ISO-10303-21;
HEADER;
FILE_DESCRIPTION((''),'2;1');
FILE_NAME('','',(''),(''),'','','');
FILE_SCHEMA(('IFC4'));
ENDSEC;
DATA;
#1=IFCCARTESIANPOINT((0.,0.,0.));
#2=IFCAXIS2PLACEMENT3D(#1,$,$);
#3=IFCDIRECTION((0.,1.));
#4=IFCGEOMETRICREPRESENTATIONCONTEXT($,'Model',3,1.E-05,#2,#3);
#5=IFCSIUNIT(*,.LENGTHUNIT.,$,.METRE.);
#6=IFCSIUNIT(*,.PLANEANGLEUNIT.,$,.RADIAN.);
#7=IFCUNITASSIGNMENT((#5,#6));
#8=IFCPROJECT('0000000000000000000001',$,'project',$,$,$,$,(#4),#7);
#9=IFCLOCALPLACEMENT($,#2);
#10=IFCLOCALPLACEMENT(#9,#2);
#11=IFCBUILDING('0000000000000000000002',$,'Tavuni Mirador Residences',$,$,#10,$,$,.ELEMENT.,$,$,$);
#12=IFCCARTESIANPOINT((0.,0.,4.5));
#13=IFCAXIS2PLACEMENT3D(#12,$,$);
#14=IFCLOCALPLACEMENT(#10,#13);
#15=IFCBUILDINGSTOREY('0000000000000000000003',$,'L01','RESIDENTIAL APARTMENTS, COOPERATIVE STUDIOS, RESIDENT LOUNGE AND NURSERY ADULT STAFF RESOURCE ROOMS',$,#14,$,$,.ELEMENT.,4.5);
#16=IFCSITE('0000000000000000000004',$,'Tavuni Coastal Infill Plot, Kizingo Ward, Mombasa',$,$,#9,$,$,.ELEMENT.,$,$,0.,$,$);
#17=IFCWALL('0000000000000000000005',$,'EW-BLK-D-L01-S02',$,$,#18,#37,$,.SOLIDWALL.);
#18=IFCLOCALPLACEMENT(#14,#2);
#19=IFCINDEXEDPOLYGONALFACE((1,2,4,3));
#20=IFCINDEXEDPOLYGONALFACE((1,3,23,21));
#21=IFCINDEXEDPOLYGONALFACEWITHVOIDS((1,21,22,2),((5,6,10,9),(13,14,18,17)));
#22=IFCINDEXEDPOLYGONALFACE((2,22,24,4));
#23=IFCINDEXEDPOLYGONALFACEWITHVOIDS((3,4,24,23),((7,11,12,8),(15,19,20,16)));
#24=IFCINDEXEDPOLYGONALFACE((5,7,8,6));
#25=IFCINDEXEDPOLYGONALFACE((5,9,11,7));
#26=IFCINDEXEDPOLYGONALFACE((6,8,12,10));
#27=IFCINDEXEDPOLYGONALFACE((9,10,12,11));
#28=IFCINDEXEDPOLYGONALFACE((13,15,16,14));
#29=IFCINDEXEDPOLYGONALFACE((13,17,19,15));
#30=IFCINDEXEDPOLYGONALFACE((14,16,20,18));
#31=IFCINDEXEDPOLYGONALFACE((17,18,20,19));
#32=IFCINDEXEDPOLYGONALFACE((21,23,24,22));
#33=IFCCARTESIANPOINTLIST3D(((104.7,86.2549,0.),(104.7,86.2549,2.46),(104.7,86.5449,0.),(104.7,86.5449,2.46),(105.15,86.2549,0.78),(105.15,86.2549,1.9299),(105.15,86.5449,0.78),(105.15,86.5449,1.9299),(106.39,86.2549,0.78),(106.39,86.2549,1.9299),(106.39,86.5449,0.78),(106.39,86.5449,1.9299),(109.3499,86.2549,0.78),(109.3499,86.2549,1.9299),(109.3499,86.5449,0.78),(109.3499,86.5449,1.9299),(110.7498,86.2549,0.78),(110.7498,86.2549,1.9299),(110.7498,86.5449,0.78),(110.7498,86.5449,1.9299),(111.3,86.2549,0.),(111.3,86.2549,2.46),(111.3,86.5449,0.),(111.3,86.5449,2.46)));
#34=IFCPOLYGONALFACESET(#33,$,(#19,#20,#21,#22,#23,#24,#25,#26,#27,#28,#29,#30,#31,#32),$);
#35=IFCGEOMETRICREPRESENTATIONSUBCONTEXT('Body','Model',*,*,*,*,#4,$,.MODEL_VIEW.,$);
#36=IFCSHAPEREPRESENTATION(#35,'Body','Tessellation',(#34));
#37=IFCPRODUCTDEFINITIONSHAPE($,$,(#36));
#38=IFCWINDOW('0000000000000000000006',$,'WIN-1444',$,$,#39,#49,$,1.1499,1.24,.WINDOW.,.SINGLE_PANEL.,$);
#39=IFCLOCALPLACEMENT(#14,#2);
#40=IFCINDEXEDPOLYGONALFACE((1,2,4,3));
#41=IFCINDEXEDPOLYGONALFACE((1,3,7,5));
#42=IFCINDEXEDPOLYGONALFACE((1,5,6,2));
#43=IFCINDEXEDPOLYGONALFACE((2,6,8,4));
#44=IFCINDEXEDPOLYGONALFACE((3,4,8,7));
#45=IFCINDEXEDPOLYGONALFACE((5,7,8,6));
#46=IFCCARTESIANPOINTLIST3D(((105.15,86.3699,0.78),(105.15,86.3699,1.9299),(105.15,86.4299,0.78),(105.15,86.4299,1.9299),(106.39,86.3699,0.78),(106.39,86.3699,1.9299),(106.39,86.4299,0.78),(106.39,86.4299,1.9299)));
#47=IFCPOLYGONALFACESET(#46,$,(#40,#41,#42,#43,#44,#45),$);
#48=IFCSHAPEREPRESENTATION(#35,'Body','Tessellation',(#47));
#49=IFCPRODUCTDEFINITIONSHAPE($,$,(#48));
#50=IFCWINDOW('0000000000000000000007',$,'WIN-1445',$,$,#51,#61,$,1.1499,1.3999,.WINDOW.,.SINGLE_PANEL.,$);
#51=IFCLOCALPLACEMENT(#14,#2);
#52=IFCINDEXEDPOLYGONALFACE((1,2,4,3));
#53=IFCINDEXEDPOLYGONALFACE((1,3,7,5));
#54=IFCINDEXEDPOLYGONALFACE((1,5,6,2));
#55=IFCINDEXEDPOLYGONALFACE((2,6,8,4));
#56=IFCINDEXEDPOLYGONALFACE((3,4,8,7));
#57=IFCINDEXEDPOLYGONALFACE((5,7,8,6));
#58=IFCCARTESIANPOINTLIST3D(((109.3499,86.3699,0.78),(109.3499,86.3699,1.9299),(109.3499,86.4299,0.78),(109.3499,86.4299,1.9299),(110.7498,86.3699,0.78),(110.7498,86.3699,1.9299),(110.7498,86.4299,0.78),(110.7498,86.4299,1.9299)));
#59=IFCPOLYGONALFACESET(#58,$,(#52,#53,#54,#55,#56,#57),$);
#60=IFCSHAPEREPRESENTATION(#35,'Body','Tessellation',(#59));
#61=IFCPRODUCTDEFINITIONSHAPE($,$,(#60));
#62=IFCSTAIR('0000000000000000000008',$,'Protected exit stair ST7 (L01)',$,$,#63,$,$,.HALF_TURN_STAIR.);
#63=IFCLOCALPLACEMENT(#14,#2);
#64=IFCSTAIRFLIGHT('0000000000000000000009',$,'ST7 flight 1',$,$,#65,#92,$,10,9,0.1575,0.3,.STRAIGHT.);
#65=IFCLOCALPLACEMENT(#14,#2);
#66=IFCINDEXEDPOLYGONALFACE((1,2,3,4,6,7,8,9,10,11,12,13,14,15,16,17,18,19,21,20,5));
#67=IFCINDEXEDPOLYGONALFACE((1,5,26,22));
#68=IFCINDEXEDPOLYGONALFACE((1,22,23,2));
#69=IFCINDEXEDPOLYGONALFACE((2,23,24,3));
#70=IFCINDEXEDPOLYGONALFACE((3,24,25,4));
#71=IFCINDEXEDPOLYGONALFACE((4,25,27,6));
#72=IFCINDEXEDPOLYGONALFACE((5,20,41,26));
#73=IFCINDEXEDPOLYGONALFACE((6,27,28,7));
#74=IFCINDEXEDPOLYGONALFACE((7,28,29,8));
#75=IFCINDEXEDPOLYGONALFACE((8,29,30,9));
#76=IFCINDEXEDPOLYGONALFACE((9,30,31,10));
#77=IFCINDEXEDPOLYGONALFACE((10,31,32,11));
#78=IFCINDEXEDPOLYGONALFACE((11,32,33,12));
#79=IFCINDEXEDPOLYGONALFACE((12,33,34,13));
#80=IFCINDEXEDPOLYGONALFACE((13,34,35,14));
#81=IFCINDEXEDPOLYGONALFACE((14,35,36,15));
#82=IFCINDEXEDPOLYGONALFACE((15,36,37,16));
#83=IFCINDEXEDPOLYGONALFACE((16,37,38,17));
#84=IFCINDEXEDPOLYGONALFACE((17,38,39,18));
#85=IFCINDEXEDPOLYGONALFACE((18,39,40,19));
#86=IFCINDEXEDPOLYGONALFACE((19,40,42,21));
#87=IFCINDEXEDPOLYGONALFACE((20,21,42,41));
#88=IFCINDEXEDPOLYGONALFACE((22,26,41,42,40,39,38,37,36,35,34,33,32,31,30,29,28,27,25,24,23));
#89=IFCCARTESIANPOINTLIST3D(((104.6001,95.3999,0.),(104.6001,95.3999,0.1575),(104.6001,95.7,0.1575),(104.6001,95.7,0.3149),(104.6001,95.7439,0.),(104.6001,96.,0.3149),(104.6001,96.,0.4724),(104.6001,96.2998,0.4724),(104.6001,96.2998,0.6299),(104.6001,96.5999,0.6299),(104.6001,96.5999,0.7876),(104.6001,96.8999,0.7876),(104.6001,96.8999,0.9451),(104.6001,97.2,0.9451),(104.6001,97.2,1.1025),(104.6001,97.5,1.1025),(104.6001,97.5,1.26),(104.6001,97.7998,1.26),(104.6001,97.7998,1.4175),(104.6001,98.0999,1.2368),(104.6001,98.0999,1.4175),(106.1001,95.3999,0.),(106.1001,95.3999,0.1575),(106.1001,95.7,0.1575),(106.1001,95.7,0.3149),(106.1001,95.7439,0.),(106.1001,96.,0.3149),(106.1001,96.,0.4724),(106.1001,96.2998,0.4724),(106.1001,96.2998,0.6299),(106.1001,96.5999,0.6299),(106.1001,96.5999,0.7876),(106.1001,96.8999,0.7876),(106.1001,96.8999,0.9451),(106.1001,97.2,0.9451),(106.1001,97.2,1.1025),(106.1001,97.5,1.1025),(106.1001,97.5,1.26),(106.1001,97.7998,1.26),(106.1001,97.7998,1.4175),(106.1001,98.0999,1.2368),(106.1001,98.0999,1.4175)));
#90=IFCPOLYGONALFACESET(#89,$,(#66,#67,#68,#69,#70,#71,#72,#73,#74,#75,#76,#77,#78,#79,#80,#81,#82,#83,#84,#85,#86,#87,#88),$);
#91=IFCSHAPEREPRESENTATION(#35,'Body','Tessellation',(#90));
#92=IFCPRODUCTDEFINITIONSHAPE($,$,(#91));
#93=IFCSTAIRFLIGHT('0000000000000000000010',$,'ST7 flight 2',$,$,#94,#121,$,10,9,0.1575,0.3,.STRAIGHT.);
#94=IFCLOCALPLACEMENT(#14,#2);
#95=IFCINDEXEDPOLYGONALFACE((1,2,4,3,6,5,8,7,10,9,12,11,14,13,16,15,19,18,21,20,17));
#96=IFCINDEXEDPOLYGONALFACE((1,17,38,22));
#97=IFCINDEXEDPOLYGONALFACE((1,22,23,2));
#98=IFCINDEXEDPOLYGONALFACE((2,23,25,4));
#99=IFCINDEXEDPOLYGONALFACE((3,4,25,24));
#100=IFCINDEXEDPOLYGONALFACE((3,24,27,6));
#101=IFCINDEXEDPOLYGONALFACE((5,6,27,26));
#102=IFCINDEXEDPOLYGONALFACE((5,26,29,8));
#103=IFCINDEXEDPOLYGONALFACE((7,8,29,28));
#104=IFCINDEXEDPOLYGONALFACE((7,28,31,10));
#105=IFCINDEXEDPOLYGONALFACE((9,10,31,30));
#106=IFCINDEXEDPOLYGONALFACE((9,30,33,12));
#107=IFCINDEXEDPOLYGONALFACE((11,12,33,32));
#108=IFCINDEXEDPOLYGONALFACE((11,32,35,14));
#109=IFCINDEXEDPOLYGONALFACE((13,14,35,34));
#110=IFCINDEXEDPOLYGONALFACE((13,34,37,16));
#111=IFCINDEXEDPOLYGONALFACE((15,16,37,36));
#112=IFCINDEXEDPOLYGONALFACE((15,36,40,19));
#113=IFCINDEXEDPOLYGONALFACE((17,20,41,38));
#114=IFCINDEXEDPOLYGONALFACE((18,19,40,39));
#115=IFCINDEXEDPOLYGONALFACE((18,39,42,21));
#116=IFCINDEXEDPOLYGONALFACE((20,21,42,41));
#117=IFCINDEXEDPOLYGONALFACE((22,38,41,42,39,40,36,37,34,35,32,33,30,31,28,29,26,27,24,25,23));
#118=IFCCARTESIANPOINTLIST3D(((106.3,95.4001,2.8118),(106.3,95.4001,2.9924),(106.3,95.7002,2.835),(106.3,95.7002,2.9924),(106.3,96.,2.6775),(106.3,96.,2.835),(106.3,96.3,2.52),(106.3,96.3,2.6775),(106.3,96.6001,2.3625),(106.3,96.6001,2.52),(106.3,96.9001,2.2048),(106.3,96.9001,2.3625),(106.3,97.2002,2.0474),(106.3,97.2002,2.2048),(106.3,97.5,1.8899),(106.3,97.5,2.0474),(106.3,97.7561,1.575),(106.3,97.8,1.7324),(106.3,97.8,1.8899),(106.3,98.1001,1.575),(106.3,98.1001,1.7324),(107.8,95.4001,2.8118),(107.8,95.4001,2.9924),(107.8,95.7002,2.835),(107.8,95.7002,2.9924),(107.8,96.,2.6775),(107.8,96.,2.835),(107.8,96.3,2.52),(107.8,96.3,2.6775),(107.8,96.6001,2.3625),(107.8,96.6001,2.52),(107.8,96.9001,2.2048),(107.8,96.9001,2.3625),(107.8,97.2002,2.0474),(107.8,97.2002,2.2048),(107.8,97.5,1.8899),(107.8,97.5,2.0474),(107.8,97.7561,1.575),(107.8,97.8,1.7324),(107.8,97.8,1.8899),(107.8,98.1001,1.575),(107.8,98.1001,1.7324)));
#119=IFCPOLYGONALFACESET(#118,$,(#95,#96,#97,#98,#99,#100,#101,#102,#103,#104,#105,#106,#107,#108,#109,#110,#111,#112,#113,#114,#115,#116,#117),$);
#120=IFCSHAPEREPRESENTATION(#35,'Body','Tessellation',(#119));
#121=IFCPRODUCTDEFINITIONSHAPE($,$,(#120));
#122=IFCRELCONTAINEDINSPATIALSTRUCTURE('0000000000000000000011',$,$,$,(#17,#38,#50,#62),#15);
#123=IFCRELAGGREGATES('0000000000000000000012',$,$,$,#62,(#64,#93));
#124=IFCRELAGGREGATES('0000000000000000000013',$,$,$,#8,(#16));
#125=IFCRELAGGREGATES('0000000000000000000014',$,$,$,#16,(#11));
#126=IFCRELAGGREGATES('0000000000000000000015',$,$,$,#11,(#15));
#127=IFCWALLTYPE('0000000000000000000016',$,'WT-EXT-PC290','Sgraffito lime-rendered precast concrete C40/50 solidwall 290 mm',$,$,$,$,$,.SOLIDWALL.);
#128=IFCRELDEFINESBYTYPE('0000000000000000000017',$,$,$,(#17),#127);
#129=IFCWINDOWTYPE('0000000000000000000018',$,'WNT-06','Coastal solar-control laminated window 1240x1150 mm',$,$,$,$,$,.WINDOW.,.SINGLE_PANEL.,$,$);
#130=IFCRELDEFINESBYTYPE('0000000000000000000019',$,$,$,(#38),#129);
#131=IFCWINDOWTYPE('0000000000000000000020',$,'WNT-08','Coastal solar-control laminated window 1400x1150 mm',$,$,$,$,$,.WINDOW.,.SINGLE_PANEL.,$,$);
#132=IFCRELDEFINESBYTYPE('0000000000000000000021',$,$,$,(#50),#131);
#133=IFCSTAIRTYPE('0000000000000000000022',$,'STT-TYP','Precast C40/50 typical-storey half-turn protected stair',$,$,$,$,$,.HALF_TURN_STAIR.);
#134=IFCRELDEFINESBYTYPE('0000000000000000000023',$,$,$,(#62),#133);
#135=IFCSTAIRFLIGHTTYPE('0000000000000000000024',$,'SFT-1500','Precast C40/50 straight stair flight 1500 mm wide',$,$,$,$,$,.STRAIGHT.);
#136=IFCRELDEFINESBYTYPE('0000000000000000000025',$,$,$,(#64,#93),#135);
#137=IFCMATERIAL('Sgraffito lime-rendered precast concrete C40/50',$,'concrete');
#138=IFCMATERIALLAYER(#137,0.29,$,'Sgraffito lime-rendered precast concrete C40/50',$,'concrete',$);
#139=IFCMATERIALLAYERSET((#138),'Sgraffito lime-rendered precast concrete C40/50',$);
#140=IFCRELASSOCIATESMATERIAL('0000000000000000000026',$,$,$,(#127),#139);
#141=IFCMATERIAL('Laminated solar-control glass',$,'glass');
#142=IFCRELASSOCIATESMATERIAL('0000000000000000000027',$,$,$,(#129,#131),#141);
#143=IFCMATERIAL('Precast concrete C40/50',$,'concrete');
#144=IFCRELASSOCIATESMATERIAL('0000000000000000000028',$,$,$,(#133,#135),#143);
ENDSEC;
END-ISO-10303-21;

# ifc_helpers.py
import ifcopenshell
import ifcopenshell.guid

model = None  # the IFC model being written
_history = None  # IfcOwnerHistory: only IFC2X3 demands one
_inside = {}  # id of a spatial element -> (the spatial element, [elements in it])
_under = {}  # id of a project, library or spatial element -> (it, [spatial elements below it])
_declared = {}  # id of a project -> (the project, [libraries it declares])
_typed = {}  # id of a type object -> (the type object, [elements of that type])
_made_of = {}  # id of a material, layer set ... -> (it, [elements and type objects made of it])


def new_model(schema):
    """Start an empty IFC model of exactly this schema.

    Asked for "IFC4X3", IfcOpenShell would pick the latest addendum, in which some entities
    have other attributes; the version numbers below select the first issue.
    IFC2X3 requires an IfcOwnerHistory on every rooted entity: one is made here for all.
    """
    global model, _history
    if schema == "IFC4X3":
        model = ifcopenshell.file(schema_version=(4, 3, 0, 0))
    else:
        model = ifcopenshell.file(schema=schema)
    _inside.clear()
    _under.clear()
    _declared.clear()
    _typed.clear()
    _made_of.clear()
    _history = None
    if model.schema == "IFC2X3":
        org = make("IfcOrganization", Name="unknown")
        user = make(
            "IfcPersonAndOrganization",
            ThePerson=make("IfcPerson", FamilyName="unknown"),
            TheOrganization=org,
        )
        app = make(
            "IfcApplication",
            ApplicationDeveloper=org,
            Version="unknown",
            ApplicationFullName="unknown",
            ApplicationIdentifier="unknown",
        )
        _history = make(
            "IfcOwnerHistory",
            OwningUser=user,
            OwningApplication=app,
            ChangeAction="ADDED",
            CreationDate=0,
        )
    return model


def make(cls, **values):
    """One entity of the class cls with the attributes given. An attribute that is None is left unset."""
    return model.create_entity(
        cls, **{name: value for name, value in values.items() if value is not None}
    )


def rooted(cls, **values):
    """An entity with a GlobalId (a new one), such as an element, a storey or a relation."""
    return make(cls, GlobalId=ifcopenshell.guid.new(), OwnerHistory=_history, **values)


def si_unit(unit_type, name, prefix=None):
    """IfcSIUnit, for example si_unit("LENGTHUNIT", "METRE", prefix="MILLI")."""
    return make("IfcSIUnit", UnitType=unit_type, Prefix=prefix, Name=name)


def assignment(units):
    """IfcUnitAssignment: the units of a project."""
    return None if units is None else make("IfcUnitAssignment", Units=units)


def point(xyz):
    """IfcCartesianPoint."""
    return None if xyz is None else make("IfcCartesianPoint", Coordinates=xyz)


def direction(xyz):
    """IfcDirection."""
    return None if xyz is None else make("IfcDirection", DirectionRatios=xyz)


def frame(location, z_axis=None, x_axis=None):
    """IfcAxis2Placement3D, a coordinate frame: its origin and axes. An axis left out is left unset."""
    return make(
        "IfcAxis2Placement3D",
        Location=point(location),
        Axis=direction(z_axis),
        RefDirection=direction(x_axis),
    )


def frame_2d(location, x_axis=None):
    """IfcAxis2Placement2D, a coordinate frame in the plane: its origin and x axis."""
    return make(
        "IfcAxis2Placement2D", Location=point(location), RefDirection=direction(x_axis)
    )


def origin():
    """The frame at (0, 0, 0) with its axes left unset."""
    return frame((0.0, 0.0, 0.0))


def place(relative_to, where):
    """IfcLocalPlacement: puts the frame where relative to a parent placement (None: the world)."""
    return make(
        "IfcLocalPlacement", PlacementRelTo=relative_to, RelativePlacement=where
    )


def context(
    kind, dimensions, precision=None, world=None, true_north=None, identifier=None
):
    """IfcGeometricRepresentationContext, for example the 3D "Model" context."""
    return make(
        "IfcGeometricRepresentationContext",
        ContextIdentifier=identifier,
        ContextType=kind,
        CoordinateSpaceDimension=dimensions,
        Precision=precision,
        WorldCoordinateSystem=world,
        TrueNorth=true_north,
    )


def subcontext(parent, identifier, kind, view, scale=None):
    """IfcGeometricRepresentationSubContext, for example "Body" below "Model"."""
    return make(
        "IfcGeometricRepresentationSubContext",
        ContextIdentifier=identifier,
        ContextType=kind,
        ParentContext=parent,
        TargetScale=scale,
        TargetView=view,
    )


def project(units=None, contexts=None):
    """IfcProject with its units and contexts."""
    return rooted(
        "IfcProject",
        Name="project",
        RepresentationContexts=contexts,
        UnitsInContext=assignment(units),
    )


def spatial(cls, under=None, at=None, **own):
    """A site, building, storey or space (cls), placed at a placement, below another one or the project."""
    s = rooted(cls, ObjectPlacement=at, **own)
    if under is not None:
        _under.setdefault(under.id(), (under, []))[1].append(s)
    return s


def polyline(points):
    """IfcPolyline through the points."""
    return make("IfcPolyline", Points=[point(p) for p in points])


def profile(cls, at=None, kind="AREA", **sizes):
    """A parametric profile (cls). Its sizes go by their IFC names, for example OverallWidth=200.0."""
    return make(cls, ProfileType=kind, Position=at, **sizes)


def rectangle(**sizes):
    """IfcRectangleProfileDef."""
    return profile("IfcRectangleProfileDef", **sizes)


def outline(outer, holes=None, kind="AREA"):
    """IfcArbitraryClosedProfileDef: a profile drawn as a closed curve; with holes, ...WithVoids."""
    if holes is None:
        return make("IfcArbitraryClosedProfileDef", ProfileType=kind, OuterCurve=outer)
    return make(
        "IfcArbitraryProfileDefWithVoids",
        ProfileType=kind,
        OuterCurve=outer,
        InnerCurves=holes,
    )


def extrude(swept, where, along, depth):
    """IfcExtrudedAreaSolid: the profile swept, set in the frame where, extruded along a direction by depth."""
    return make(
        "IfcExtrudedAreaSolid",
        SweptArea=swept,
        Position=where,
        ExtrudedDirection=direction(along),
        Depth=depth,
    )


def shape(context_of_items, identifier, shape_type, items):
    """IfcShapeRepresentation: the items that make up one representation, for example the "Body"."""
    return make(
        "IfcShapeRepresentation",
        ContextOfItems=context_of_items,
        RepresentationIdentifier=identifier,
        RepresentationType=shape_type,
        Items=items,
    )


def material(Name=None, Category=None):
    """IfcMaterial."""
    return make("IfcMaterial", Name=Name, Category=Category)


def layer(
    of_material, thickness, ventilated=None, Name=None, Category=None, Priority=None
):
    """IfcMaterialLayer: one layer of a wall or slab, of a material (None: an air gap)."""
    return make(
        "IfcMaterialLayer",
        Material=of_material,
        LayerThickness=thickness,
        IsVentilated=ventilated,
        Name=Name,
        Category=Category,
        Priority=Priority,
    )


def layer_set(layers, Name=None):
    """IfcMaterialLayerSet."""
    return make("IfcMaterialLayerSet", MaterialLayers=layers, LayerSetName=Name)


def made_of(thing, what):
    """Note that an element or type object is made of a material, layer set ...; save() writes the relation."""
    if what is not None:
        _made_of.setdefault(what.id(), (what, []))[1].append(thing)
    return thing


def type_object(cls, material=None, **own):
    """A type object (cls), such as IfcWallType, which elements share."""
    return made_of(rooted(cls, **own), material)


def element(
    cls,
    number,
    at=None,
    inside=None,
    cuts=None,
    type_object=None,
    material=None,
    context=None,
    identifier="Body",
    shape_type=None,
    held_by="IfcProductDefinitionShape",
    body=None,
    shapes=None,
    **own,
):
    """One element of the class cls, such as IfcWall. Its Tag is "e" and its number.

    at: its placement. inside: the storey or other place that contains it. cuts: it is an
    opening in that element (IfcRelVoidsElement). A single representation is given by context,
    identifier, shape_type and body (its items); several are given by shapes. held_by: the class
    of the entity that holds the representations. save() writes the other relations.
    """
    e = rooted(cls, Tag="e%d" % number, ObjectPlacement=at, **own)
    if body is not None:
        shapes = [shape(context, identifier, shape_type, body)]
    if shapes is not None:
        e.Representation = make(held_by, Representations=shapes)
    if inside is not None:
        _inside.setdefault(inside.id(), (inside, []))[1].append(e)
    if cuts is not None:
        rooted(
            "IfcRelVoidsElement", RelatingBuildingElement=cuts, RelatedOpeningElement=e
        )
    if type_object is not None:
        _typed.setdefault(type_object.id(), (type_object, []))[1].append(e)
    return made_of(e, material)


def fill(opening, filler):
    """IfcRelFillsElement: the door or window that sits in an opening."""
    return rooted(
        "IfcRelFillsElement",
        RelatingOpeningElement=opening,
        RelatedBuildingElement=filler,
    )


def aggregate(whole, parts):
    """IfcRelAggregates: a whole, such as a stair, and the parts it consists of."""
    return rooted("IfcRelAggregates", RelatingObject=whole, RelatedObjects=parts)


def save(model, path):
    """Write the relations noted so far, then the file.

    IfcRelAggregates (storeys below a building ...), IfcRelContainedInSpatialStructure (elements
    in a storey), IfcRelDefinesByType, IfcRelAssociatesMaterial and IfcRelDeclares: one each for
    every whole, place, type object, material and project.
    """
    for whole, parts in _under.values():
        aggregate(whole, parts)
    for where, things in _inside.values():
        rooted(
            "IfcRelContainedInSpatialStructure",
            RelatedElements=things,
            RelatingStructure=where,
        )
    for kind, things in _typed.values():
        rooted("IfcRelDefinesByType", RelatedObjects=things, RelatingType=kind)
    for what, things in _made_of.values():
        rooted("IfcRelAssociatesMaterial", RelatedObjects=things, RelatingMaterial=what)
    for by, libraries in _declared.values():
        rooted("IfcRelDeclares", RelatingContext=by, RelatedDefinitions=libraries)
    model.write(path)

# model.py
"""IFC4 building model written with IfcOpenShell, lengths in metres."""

from ifc_helpers import new_model, si_unit, direction, frame, frame_2d, origin, place, context, subcontext, project, spatial, polyline, rectangle, outline, extrude, material, layer, layer_set, type_object, element, fill, aggregate, save


model = new_model("IFC4")

# Units and contexts
model_context = context("Model", 3, precision=1e-05, world=origin(), true_north=direction((0.0, 1.0)))
body_context = subcontext(model_context, "Body", "Model", "MODEL_VIEW")
ifc_project = project(units=[si_unit("LENGTHUNIT", "METRE"), si_unit("PLANEANGLEUNIT", "RADIAN")], contexts=[model_context])

# Site, building, storey
site_placement = place(None, origin())
site = spatial("IfcSite", under=ifc_project, at=site_placement, Name="Tavuni Coastal Infill Plot, Kizingo Ward, Mombasa", CompositionType="ELEMENT", RefElevation=0.0)
building_placement = place(site_placement, origin())
building = spatial("IfcBuilding", under=site, at=building_placement, Name="Tavuni Mirador Residences", CompositionType="ELEMENT")
storey_placement = place(building_placement, frame((0.0, 0.0, 4.5)))
storey = spatial("IfcBuildingStorey", under=building, at=storey_placement, Name="L01", Description="RESIDENTIAL APARTMENTS, COOPERATIVE STUDIOS, RESIDENT LOUNGE AND NURSERY ADULT STAFF RESOURCE ROOMS", CompositionType="ELEMENT", Elevation=4.5)

# Shared definitions
ifc_material_1 = material(Name="Precast concrete C40/50", Category="concrete")

# Wall, openings, windows
ifc_material_2 = material(Name="Sgraffito lime-rendered precast concrete C40/50", Category="concrete")
ifc_layer_1 = layer(ifc_material_2, 0.29, Name="Sgraffito lime-rendered precast concrete C40/50", Category="concrete")
ifc_layer_set_1 = layer_set([ifc_layer_1], Name="Sgraffito lime-rendered precast concrete C40/50")
wall_type_1 = type_object("IfcWallType", Name="WT-EXT-PC290", Description="Sgraffito lime-rendered precast concrete C40/50 solidwall 290 mm", PredefinedType="SOLIDWALL", material=ifc_layer_set_1)
wall_1_placement = place(storey_placement, frame((104.7, 86.3999, 0.0), z_axis=(0.0, 0.0, 1.0), x_axis=(1.0, 0.0, 0.0)))
wall_1 = element("IfcWall", 1, at=wall_1_placement, inside=storey, type_object=wall_type_1, Name="EW-BLK-D-L01-S02", PredefinedType="SOLIDWALL", context=body_context, shape_type="SweptSolid", body=[
    extrude(rectangle(XDim=6.6001, YDim=0.29, at=frame_2d((3.3, 0.0))), origin(), (0.0, 0.0, 1.0), 2.46),
])
opening_1_placement = place(wall_1_placement, frame((0.45, 0.0, 0.78)))
opening_1 = element("IfcOpeningElement", 2, at=opening_1_placement, cuts=wall_1, PredefinedType="OPENING", context=body_context, shape_type="SweptSolid", body=[
    extrude(rectangle(XDim=1.24, YDim=1.1499, at=frame_2d((0.6201, 0.575))), frame((0.0, 0.155, 0.0), z_axis=(0.0, -1.0, 0.0), x_axis=(1.0, 0.0, 0.0)), (0.0, 0.0, 1.0), 0.3101),
])
opening_2_placement = place(wall_1_placement, frame((4.6499, 0.0, 0.78)))
opening_2 = element("IfcOpeningElement", 3, at=opening_2_placement, cuts=wall_1, PredefinedType="OPENING", context=body_context, shape_type="SweptSolid", body=[
    extrude(rectangle(XDim=1.3999, YDim=1.1499, at=frame_2d((0.7, 0.575))), frame((0.0, 0.155, 0.0), z_axis=(0.0, -1.0, 0.0), x_axis=(1.0, 0.0, 0.0)), (0.0, 0.0, 1.0), 0.3101),
])
ifc_material_3 = material(Name="Laminated solar-control glass", Category="glass")
window_type_1 = type_object("IfcWindowType", Name="WNT-06", Description="Coastal solar-control laminated window 1240x1150 mm", PartitioningType="SINGLE_PANEL", PredefinedType="WINDOW", material=ifc_material_3)
window_1_placement = place(opening_1_placement, origin())
window_1 = element("IfcWindow", 4, at=window_1_placement, inside=storey, type_object=window_type_1, Name="WIN-1444", OverallHeight=1.1499, OverallWidth=1.24, PartitioningType="SINGLE_PANEL", PredefinedType="WINDOW", context=body_context, shape_type="SweptSolid", body=[
    extrude(rectangle(XDim=1.24, YDim=1.1499, at=frame_2d((0.6201, 0.575))), frame((0.0, 0.03, 0.0), z_axis=(0.0, -1.0, 0.0), x_axis=(1.0, 0.0, 0.0)), (0.0, 0.0, 1.0), 0.0601),
])
fill(opening_1, window_1)
window_type_2 = type_object("IfcWindowType", Name="WNT-08", Description="Coastal solar-control laminated window 1400x1150 mm", PartitioningType="SINGLE_PANEL", PredefinedType="WINDOW", material=ifc_material_3)
window_2_placement = place(opening_2_placement, origin())
window_2 = element("IfcWindow", 5, at=window_2_placement, inside=storey, type_object=window_type_2, Name="WIN-1445", OverallHeight=1.1499, OverallWidth=1.3999, PartitioningType="SINGLE_PANEL", PredefinedType="WINDOW", context=body_context, shape_type="SweptSolid", body=[
    extrude(rectangle(XDim=1.3999, YDim=1.1499, at=frame_2d((0.7, 0.575))), frame((0.0, 0.03, 0.0), z_axis=(0.0, -1.0, 0.0), x_axis=(1.0, 0.0, 0.0)), (0.0, 0.0, 1.0), 0.0601),
])
fill(opening_2, window_2)

# Stair, stair flights
stair_type = type_object("IfcStairType", Name="STT-TYP", Description="Precast C40/50 typical-storey half-turn protected stair", PredefinedType="HALF_TURN_STAIR", material=ifc_material_1)
stair_placement = place(storey_placement, origin())
stair = element("IfcStair", 6, at=stair_placement, inside=storey, type_object=stair_type, Name="Protected exit stair ST7 (L01)", PredefinedType="HALF_TURN_STAIR")
stair_flight_type = type_object("IfcStairFlightType", Name="SFT-1500", Description="Precast C40/50 straight stair flight 1500 mm wide", PredefinedType="STRAIGHT", material=ifc_material_1)
stair_flight_1_placement = place(storey_placement, frame((105.3501, 95.3999, 0.0), z_axis=(0.0, 0.0, 1.0), x_axis=(0.0, 1.0, 0.0)))
stair_flight_1 = element("IfcStairFlight", 7, at=stair_flight_1_placement, type_object=stair_flight_type, Name="ST7 flight 1", NumberOfRisers=10, NumberOfTreads=9, PredefinedType="STRAIGHT", RiserHeight=0.1575, TreadLength=0.3, context=body_context, shape_type="SweptSolid", body=[
    extrude(outline(polyline([(0.0, 0.0), (0.0, 0.1575), (0.3, 0.1575), (0.3, 0.3149), (0.6001, 0.3149), (0.6001, 0.4724), (0.8999, 0.4724), (0.8999, 0.6299), (1.2, 0.6299), (1.2, 0.7876), (1.5, 0.7876), (1.5, 0.9451), (1.8, 0.9451), (1.8, 1.1025), (2.1001, 1.1025), (2.1001, 1.26), (2.3999, 1.26), (2.3999, 1.4175), (2.7, 1.4175), (2.7, 1.575), (2.7, 1.2368), (0.344, 0.0), (0.0, 0.0)])), frame((0.0, 0.75, 0.0), z_axis=(0.0, -1.0, 0.0), x_axis=(1.0, 0.0, 0.0)), (0.0, 0.0, 1.0), 1.5),
])
stair_flight_2_placement = place(storey_placement, frame((107.05, 98.1001, 1.575), z_axis=(0.0, 0.0, 1.0), x_axis=(0.0, -1.0, 0.0)))
stair_flight_2 = element("IfcStairFlight", 8, at=stair_flight_2_placement, type_object=stair_flight_type, Name="ST7 flight 2", NumberOfRisers=10, NumberOfTreads=9, PredefinedType="STRAIGHT", RiserHeight=0.1575, TreadLength=0.3, context=body_context, shape_type="SweptSolid", body=[
    extrude(outline(polyline([(0.0, 0.0), (0.0, 0.1575), (0.3, 0.1575), (0.3, 0.3149), (0.6001, 0.3149), (0.6001, 0.4724), (0.8999, 0.4724), (0.8999, 0.6299), (1.2, 0.6299), (1.2, 0.7876), (1.5, 0.7876), (1.5, 0.9451), (1.8, 0.9451), (1.8, 1.1025), (2.1001, 1.1025), (2.1001, 1.26), (2.3999, 1.26), (2.3999, 1.4175), (2.7, 1.4175), (2.7, 1.575), (2.7, 1.2368), (0.344, 0.0), (0.0, 0.0)])), frame((0.0, 0.75, 0.0), z_axis=(0.0, -1.0, 0.0), x_axis=(1.0, 0.0, 0.0)), (0.0, 0.0, 1.0), 1.5),
])
aggregate(stair, [stair_flight_1, stair_flight_2])

save(model, "model.ifc")
